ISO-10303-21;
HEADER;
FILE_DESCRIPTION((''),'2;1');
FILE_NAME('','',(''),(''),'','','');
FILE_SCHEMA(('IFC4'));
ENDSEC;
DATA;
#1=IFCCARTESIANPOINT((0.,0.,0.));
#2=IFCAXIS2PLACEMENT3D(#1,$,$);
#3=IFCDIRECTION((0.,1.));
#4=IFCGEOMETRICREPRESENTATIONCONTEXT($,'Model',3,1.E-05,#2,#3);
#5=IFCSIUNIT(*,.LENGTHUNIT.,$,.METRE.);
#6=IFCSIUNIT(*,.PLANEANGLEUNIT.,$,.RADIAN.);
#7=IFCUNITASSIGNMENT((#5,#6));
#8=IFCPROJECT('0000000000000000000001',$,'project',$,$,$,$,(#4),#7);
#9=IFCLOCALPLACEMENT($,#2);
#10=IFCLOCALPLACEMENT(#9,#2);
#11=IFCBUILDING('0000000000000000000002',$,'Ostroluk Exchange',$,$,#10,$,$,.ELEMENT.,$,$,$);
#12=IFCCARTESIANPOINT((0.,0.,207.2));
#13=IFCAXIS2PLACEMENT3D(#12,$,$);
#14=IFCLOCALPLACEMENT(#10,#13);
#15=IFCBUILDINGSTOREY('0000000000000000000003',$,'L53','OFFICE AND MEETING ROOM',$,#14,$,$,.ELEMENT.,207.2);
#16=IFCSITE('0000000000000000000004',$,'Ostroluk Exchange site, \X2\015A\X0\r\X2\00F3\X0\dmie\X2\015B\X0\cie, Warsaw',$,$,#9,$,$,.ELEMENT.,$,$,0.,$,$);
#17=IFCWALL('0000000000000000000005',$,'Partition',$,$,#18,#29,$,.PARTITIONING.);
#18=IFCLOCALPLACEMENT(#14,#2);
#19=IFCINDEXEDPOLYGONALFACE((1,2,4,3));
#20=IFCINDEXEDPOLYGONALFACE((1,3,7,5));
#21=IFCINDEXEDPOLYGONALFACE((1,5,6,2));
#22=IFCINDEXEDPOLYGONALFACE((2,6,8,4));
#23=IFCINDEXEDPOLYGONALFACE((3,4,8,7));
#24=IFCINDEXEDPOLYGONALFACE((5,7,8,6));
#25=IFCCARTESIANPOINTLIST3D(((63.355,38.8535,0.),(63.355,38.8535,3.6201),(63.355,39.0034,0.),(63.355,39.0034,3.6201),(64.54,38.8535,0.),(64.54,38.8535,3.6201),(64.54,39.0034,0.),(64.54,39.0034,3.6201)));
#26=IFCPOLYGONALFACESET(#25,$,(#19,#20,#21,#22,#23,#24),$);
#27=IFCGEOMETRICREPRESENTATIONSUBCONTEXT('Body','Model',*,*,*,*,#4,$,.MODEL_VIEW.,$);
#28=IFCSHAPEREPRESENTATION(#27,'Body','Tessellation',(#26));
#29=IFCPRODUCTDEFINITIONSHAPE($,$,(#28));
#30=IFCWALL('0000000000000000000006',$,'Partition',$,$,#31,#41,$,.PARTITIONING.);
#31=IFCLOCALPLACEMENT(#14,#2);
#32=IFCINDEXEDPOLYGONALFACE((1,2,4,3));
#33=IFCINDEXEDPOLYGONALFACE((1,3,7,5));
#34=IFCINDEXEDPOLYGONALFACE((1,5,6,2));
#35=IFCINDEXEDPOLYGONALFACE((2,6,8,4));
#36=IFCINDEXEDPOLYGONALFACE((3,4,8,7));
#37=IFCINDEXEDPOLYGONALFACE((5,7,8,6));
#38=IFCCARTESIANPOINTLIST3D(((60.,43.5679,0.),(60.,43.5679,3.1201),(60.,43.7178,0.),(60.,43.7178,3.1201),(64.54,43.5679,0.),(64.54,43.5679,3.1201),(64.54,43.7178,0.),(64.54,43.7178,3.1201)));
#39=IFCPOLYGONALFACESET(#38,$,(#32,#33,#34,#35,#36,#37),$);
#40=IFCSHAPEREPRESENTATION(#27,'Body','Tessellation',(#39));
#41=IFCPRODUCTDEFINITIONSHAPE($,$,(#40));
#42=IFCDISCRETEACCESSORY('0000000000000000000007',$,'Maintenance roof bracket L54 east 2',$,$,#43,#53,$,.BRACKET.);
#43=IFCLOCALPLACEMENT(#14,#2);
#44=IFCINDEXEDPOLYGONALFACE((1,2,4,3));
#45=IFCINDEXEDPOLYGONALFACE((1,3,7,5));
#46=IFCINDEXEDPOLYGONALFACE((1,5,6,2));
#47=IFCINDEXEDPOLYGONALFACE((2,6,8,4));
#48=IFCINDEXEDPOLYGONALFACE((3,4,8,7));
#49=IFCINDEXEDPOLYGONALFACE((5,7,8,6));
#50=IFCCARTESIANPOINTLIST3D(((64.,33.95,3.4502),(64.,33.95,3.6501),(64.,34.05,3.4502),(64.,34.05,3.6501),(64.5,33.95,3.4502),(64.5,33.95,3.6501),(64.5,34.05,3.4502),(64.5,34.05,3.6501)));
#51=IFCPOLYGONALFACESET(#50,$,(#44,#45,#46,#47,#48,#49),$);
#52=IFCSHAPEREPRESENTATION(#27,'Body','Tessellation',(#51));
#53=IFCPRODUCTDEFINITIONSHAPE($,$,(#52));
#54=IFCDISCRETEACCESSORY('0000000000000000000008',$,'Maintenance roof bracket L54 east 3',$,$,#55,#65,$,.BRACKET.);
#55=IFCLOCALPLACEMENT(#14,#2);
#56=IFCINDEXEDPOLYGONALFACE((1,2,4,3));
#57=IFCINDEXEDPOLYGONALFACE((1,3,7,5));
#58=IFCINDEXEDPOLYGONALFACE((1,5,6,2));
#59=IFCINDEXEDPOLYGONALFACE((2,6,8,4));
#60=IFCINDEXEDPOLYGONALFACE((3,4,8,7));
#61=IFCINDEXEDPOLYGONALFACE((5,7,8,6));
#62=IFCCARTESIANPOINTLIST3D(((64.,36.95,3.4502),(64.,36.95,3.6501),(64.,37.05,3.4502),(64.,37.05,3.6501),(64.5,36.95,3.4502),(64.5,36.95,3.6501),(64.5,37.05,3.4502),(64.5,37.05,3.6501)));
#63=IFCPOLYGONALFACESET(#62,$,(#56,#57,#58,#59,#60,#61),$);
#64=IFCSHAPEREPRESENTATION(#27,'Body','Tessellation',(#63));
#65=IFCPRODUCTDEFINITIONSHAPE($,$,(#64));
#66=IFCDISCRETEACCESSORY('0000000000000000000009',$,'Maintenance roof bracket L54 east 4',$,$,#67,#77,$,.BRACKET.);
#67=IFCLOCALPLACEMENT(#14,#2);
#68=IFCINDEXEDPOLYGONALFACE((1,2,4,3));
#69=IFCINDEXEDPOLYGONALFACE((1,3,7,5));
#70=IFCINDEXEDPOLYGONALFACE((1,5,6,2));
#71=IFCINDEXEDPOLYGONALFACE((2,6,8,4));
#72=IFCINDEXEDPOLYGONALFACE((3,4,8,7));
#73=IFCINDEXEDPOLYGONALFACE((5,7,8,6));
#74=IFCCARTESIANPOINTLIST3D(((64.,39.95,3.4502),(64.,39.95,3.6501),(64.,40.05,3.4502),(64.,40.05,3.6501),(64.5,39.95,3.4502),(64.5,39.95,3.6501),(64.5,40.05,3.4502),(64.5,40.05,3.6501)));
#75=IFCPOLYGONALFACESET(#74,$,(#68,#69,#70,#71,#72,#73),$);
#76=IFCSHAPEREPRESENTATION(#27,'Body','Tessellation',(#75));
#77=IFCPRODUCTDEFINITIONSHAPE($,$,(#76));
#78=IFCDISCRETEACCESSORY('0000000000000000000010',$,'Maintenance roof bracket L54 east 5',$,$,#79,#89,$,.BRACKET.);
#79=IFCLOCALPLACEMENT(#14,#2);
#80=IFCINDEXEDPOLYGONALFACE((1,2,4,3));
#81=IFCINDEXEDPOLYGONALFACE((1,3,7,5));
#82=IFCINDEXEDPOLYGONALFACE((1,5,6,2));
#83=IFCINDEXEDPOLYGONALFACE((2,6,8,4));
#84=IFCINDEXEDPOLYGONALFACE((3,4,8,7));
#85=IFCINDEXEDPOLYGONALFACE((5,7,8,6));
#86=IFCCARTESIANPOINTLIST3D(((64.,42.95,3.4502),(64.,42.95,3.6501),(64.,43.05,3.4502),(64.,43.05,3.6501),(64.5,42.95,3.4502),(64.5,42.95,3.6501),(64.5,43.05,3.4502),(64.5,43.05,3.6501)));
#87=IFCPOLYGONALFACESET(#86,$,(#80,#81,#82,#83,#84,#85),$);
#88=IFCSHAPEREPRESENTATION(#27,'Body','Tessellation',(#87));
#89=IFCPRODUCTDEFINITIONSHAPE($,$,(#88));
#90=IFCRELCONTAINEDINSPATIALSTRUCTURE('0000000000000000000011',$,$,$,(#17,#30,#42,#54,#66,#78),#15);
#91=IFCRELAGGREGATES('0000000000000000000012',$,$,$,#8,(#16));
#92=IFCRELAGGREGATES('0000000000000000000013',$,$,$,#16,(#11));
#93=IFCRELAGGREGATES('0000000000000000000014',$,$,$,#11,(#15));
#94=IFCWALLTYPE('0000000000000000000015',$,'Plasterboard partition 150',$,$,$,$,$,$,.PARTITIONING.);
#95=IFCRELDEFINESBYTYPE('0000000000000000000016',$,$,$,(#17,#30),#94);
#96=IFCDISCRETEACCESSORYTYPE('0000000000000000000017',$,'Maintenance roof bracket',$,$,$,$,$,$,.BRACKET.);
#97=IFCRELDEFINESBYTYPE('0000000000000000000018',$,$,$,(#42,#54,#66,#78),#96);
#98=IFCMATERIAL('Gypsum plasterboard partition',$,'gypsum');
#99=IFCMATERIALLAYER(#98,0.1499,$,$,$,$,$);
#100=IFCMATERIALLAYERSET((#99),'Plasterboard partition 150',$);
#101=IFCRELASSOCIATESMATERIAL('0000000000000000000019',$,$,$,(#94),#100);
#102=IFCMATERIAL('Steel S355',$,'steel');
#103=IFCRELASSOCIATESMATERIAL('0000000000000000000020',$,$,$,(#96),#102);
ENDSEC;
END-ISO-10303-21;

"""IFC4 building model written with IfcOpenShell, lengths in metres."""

from ifc_helpers import new_model, si_unit, direction, frame, frame_2d, origin, origin_2d, place, context, subcontext, project, spatial, rectangle, extrude, material, layer, layer_set, type_object, element, save


model = new_model("IFC4")

# Units and contexts
model_context = context("Model", 3, precision=1e-05, world=origin(), true_north=direction((0.0, 1.0)))
body_context = subcontext(model_context, "Body", "Model", "MODEL_VIEW")
ifc_project = project(units=[si_unit("LENGTHUNIT", "METRE"), si_unit("PLANEANGLEUNIT", "RADIAN")], contexts=[model_context])

# Site, building, storey
site_placement = place(None, origin())
site = spatial("IfcSite", under=ifc_project, at=site_placement, Name="Ostroluk Exchange site, Śródmieście, Warsaw", CompositionType="ELEMENT", RefElevation=0.0)
building_placement = place(site_placement, origin())
building = spatial("IfcBuilding", under=site, at=building_placement, Name="Ostroluk Exchange", CompositionType="ELEMENT")
storey_placement = place(building_placement, frame((0.0, 0.0, 207.2)))
storey = spatial("IfcBuildingStorey", under=building, at=storey_placement, Name="L53", Description="OFFICE AND MEETING ROOM", CompositionType="ELEMENT", Elevation=207.2)

# Shared definitions
ifc_material_1 = material(Name="Gypsum plasterboard partition", Category="gypsum")
ifc_layer_1 = layer(ifc_material_1, 0.1499)
ifc_layer_set_1 = layer_set([ifc_layer_1], Name="Plasterboard partition 150")
wall_type = type_object("IfcWallType", Name="Plasterboard partition 150", PredefinedType="PARTITIONING", material=ifc_layer_set_1)

# Walls
wall_1_placement = place(storey_placement, frame((63.355, 38.9285, 0.0), z_axis=(0.0, 0.0, 1.0), x_axis=(1.0, 0.0, 0.0)))
element("IfcWall", 1, at=wall_1_placement, inside=storey, type_object=wall_type, Name="Partition", PredefinedType="PARTITIONING", context=body_context, shape_type="SweptSolid", body=[
    extrude(rectangle(XDim=1.1851, YDim=0.1499, at=frame_2d((0.5925, 0.0))), origin(), (0.0, 0.0, 1.0), 3.6201),
])
wall_2_placement = place(storey_placement, frame((60.0, 43.6428, 0.0), z_axis=(0.0, 0.0, 1.0), x_axis=(1.0, 0.0, 0.0)))
element("IfcWall", 2, at=wall_2_placement, inside=storey, type_object=wall_type, Name="Partition", PredefinedType="PARTITIONING", context=body_context, shape_type="SweptSolid", body=[
    extrude(rectangle(XDim=4.54, YDim=0.1499, at=frame_2d((2.27, 0.0))), origin(), (0.0, 0.0, 1.0), 3.1201),
])

# Discrete accessories
ifc_material_2 = material(Name="Steel S355", Category="steel")
discrete_accessory_type = type_object("IfcDiscreteAccessoryType", Name="Maintenance roof bracket", PredefinedType="BRACKET", material=ifc_material_2)
for number, where, z_axis, x_axis, name in (
    (3, (64.25, 34.0, 3.4502), (0.0, 0.0, 1.0), (1.0, 0.0, 0.0), "Maintenance roof bracket L54 east 2"),
    (4, (64.25, 37.0, 3.4502), (0.0, 0.0, 1.0), (1.0, 0.0, 0.0), "Maintenance roof bracket L54 east 3"),
    (5, (64.25, 40.0, 3.4502), (0.0, 0.0, 1.0), (1.0, 0.0, 0.0), "Maintenance roof bracket L54 east 4"),
    (6, (64.25, 43.0, 3.4502), (0.0, 0.0, 1.0), (1.0, 0.0, 0.0), "Maintenance roof bracket L54 east 5"),
):
    element("IfcDiscreteAccessory", number, at=place(storey_placement, frame(where, z_axis=z_axis, x_axis=x_axis)), inside=storey, type_object=discrete_accessory_type, Name=name, PredefinedType="BRACKET", context=body_context, shape_type="SweptSolid", body=[
        extrude(rectangle(XDim=0.5, YDim=0.1001, at=origin_2d()), origin(), (0.0, 0.0, 1.0), 0.2),
    ])

save(model, "model.ifc")
